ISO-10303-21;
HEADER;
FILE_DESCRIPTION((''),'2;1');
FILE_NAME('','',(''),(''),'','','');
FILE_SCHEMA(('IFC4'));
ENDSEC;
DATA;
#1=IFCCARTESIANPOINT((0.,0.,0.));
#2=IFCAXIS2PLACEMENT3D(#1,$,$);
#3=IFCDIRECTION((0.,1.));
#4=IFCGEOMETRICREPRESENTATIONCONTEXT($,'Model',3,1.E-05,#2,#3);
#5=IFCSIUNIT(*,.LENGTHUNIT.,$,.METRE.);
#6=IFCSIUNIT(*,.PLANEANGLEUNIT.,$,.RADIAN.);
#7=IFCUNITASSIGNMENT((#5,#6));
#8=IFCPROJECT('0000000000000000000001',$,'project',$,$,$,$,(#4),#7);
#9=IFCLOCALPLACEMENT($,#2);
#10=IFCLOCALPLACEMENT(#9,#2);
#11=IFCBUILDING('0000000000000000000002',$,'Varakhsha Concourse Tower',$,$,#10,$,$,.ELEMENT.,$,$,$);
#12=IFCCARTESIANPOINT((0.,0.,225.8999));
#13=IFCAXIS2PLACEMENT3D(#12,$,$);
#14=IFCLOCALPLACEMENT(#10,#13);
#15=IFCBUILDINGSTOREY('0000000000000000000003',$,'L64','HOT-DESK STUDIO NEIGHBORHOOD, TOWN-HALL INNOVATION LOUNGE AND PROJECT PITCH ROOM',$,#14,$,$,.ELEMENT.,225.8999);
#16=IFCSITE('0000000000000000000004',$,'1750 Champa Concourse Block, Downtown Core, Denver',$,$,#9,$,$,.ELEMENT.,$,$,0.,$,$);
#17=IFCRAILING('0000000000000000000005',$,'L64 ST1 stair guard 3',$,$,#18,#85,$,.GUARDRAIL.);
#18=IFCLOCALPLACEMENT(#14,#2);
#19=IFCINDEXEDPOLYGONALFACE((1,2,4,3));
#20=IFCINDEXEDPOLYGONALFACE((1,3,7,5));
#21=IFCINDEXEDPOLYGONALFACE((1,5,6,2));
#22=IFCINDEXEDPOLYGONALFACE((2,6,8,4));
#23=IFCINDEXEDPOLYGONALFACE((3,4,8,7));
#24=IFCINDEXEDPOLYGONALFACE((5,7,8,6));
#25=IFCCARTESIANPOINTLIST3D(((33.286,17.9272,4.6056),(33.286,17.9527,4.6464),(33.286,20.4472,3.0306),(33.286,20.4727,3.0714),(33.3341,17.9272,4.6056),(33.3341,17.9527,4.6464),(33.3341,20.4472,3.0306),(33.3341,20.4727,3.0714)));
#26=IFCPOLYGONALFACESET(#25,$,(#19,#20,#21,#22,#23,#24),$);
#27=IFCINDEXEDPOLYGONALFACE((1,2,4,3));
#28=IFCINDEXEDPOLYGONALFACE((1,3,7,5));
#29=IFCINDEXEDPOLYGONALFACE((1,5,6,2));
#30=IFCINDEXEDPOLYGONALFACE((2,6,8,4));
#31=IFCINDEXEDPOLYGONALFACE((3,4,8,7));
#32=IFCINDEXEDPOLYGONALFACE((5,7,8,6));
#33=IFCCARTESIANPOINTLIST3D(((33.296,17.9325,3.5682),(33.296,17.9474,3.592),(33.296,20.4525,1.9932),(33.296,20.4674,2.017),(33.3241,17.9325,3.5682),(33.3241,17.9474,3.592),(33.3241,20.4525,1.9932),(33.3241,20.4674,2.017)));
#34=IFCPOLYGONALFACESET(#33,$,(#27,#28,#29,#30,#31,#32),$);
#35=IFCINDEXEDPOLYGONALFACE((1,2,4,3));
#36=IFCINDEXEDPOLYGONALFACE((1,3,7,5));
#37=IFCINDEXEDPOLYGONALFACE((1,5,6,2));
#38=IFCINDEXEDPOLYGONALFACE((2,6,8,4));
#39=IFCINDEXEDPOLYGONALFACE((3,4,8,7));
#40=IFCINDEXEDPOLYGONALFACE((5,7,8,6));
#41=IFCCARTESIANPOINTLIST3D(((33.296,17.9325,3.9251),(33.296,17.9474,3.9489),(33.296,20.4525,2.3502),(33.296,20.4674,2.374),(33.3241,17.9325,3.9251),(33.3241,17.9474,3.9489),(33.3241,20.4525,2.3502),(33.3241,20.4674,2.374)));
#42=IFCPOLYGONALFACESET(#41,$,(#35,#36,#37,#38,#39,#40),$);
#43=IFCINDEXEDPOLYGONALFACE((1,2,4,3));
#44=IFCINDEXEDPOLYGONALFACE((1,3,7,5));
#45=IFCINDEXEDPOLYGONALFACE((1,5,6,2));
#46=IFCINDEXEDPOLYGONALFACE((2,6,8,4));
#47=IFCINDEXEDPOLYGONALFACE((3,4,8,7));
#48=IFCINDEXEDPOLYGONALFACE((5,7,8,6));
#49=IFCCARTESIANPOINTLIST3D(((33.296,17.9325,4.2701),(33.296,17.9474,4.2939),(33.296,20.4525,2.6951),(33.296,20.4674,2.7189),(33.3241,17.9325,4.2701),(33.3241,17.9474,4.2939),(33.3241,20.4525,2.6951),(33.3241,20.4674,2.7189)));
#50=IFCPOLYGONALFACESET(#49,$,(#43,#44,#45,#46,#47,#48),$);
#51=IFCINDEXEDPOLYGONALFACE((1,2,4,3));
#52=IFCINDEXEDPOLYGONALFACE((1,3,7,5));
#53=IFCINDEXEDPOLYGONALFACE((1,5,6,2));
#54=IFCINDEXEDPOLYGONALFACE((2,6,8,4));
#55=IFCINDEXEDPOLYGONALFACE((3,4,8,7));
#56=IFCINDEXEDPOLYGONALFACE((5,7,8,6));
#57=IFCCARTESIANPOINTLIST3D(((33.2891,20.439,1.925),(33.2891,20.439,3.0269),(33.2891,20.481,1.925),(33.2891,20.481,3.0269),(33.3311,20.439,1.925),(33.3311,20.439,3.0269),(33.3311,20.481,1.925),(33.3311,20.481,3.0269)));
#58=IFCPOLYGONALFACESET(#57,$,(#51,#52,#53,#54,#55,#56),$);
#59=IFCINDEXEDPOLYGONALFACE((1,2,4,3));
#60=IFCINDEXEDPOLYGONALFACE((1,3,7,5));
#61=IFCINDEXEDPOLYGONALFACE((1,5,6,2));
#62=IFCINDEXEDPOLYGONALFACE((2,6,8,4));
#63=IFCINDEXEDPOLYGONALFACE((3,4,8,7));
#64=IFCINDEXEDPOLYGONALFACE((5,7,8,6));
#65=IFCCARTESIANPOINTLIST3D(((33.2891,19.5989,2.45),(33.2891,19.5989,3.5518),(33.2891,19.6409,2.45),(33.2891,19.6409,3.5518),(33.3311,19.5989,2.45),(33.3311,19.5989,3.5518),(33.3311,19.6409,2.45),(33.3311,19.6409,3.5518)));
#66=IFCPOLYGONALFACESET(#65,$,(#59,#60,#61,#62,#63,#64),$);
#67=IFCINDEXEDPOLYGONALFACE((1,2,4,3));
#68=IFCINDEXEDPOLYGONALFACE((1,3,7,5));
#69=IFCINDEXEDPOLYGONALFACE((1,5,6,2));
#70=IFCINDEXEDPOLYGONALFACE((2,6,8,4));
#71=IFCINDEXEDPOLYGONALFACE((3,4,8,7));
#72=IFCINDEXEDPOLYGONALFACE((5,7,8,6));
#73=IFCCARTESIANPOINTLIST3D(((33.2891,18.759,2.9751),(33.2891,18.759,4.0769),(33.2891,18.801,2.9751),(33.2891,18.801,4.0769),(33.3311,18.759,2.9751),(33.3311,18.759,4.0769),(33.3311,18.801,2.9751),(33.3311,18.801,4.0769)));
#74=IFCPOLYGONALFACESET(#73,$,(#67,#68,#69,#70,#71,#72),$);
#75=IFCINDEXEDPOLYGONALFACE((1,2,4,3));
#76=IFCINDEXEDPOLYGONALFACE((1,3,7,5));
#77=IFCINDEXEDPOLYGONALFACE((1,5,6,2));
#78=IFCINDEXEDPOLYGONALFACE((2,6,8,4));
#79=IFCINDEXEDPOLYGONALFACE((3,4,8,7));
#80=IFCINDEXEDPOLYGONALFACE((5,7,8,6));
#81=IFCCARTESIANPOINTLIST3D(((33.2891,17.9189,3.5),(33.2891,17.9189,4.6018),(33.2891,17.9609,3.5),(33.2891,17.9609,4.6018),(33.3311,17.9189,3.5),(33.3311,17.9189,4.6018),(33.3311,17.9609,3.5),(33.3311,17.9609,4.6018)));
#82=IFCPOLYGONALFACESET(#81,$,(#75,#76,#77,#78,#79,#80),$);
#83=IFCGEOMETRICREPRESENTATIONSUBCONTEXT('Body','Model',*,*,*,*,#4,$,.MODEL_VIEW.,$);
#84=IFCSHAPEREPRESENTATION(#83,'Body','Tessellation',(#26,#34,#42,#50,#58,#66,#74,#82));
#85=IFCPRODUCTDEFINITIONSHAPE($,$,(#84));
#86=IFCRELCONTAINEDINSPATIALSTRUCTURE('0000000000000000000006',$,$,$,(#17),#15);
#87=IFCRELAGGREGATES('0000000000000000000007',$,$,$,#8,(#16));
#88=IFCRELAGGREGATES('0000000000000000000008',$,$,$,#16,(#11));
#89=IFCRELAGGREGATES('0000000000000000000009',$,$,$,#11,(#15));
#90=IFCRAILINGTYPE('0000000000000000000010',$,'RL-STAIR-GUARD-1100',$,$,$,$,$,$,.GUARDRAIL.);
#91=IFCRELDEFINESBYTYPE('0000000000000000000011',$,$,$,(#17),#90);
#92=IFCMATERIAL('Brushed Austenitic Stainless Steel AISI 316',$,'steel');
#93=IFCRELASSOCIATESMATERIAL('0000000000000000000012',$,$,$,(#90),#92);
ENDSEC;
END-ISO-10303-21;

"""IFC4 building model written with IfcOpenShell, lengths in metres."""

from ifc_helpers import new_model, si_unit, direction, frame, origin, origin_2d, place, context, subcontext, project, spatial, rectangle, extrude, material, type_object, element, save


model = new_model("IFC4")

# Units and contexts
model_context = context("Model", 3, precision=1e-05, world=origin(), true_north=direction((0.0, 1.0)))
body_context = subcontext(model_context, "Body", "Model", "MODEL_VIEW")
ifc_project = project(units=[si_unit("LENGTHUNIT", "METRE"), si_unit("PLANEANGLEUNIT", "RADIAN")], contexts=[model_context])

# Site, building, storey
site_placement = place(None, origin())
site = spatial("IfcSite", under=ifc_project, at=site_placement, Name="1750 Champa Concourse Block, Downtown Core, Denver", CompositionType="ELEMENT", RefElevation=0.0)
building_placement = place(site_placement, origin())
building = spatial("IfcBuilding", under=site, at=building_placement, Name="Varakhsha Concourse Tower", CompositionType="ELEMENT")
storey_placement = place(building_placement, frame((0.0, 0.0, 225.8999)))
storey = spatial("IfcBuildingStorey", under=building, at=storey_placement, Name="L64", Description="HOT-DESK STUDIO NEIGHBORHOOD, TOWN-HALL INNOVATION LOUNGE AND PROJECT PITCH ROOM", CompositionType="ELEMENT", Elevation=225.8999)

# Shared definitions
ifc_material_1 = material(Name="Brushed Austenitic Stainless Steel AISI 316", Category="steel")

# Railing
railing_type = type_object("IfcRailingType", Name="RL-STAIR-GUARD-1100", PredefinedType="GUARDRAIL", material=ifc_material_1)
railing_1_placement = place(storey_placement, frame((33.3101, 20.46, 1.925)))
element("IfcRailing", 1, at=railing_1_placement, inside=storey, type_object=railing_type, Name="L64 ST1 stair guard 3", PredefinedType="GUARDRAIL", context=body_context, shape_type="SweptSolid", body=[
    extrude(rectangle(XDim=0.0481, YDim=0.0481, at=origin_2d()), frame((0.0, 0.0, 1.126), z_axis=(0.0, -0.848008, 0.529984), x_axis=(1.0, 0.0, 0.0)), (0.0, 0.0, 1.0), 2.9717),
    extrude(rectangle(XDim=0.0281, YDim=0.0281, at=origin_2d()), frame((0.0, 0.0, 0.0801), z_axis=(0.0, -0.848008, 0.529984), x_axis=(1.0, 0.0, 0.0)), (0.0, 0.0, 1.0), 2.9717),
    extrude(rectangle(XDim=0.0281, YDim=0.0281, at=origin_2d()), frame((0.0, 0.0, 0.437), z_axis=(0.0, -0.848008, 0.529984), x_axis=(1.0, 0.0, 0.0)), (0.0, 0.0, 1.0), 2.9717),
    extrude(rectangle(XDim=0.0281, YDim=0.0281, at=origin_2d()), frame((0.0, 0.0, 0.782), z_axis=(0.0, -0.848008, 0.529984), x_axis=(1.0, 0.0, 0.0)), (0.0, 0.0, 1.0), 2.9717),
    extrude(rectangle(XDim=0.042, YDim=0.042, at=origin_2d()), origin(), (0.0, 0.0, 1.0), 1.1018),
    extrude(rectangle(XDim=0.042, YDim=0.042, at=origin_2d()), frame((0.0, -0.8401, 0.5249)), (0.0, 0.0, 1.0), 1.1018),
    extrude(rectangle(XDim=0.042, YDim=0.042, at=origin_2d()), frame((0.0, -1.6799, 1.05)), (0.0, 0.0, 1.0), 1.1018),
    extrude(rectangle(XDim=0.042, YDim=0.042, at=origin_2d()), frame((0.0, -2.52, 1.575)), (0.0, 0.0, 1.0), 1.1018),
])

save(model, "model.ifc")
